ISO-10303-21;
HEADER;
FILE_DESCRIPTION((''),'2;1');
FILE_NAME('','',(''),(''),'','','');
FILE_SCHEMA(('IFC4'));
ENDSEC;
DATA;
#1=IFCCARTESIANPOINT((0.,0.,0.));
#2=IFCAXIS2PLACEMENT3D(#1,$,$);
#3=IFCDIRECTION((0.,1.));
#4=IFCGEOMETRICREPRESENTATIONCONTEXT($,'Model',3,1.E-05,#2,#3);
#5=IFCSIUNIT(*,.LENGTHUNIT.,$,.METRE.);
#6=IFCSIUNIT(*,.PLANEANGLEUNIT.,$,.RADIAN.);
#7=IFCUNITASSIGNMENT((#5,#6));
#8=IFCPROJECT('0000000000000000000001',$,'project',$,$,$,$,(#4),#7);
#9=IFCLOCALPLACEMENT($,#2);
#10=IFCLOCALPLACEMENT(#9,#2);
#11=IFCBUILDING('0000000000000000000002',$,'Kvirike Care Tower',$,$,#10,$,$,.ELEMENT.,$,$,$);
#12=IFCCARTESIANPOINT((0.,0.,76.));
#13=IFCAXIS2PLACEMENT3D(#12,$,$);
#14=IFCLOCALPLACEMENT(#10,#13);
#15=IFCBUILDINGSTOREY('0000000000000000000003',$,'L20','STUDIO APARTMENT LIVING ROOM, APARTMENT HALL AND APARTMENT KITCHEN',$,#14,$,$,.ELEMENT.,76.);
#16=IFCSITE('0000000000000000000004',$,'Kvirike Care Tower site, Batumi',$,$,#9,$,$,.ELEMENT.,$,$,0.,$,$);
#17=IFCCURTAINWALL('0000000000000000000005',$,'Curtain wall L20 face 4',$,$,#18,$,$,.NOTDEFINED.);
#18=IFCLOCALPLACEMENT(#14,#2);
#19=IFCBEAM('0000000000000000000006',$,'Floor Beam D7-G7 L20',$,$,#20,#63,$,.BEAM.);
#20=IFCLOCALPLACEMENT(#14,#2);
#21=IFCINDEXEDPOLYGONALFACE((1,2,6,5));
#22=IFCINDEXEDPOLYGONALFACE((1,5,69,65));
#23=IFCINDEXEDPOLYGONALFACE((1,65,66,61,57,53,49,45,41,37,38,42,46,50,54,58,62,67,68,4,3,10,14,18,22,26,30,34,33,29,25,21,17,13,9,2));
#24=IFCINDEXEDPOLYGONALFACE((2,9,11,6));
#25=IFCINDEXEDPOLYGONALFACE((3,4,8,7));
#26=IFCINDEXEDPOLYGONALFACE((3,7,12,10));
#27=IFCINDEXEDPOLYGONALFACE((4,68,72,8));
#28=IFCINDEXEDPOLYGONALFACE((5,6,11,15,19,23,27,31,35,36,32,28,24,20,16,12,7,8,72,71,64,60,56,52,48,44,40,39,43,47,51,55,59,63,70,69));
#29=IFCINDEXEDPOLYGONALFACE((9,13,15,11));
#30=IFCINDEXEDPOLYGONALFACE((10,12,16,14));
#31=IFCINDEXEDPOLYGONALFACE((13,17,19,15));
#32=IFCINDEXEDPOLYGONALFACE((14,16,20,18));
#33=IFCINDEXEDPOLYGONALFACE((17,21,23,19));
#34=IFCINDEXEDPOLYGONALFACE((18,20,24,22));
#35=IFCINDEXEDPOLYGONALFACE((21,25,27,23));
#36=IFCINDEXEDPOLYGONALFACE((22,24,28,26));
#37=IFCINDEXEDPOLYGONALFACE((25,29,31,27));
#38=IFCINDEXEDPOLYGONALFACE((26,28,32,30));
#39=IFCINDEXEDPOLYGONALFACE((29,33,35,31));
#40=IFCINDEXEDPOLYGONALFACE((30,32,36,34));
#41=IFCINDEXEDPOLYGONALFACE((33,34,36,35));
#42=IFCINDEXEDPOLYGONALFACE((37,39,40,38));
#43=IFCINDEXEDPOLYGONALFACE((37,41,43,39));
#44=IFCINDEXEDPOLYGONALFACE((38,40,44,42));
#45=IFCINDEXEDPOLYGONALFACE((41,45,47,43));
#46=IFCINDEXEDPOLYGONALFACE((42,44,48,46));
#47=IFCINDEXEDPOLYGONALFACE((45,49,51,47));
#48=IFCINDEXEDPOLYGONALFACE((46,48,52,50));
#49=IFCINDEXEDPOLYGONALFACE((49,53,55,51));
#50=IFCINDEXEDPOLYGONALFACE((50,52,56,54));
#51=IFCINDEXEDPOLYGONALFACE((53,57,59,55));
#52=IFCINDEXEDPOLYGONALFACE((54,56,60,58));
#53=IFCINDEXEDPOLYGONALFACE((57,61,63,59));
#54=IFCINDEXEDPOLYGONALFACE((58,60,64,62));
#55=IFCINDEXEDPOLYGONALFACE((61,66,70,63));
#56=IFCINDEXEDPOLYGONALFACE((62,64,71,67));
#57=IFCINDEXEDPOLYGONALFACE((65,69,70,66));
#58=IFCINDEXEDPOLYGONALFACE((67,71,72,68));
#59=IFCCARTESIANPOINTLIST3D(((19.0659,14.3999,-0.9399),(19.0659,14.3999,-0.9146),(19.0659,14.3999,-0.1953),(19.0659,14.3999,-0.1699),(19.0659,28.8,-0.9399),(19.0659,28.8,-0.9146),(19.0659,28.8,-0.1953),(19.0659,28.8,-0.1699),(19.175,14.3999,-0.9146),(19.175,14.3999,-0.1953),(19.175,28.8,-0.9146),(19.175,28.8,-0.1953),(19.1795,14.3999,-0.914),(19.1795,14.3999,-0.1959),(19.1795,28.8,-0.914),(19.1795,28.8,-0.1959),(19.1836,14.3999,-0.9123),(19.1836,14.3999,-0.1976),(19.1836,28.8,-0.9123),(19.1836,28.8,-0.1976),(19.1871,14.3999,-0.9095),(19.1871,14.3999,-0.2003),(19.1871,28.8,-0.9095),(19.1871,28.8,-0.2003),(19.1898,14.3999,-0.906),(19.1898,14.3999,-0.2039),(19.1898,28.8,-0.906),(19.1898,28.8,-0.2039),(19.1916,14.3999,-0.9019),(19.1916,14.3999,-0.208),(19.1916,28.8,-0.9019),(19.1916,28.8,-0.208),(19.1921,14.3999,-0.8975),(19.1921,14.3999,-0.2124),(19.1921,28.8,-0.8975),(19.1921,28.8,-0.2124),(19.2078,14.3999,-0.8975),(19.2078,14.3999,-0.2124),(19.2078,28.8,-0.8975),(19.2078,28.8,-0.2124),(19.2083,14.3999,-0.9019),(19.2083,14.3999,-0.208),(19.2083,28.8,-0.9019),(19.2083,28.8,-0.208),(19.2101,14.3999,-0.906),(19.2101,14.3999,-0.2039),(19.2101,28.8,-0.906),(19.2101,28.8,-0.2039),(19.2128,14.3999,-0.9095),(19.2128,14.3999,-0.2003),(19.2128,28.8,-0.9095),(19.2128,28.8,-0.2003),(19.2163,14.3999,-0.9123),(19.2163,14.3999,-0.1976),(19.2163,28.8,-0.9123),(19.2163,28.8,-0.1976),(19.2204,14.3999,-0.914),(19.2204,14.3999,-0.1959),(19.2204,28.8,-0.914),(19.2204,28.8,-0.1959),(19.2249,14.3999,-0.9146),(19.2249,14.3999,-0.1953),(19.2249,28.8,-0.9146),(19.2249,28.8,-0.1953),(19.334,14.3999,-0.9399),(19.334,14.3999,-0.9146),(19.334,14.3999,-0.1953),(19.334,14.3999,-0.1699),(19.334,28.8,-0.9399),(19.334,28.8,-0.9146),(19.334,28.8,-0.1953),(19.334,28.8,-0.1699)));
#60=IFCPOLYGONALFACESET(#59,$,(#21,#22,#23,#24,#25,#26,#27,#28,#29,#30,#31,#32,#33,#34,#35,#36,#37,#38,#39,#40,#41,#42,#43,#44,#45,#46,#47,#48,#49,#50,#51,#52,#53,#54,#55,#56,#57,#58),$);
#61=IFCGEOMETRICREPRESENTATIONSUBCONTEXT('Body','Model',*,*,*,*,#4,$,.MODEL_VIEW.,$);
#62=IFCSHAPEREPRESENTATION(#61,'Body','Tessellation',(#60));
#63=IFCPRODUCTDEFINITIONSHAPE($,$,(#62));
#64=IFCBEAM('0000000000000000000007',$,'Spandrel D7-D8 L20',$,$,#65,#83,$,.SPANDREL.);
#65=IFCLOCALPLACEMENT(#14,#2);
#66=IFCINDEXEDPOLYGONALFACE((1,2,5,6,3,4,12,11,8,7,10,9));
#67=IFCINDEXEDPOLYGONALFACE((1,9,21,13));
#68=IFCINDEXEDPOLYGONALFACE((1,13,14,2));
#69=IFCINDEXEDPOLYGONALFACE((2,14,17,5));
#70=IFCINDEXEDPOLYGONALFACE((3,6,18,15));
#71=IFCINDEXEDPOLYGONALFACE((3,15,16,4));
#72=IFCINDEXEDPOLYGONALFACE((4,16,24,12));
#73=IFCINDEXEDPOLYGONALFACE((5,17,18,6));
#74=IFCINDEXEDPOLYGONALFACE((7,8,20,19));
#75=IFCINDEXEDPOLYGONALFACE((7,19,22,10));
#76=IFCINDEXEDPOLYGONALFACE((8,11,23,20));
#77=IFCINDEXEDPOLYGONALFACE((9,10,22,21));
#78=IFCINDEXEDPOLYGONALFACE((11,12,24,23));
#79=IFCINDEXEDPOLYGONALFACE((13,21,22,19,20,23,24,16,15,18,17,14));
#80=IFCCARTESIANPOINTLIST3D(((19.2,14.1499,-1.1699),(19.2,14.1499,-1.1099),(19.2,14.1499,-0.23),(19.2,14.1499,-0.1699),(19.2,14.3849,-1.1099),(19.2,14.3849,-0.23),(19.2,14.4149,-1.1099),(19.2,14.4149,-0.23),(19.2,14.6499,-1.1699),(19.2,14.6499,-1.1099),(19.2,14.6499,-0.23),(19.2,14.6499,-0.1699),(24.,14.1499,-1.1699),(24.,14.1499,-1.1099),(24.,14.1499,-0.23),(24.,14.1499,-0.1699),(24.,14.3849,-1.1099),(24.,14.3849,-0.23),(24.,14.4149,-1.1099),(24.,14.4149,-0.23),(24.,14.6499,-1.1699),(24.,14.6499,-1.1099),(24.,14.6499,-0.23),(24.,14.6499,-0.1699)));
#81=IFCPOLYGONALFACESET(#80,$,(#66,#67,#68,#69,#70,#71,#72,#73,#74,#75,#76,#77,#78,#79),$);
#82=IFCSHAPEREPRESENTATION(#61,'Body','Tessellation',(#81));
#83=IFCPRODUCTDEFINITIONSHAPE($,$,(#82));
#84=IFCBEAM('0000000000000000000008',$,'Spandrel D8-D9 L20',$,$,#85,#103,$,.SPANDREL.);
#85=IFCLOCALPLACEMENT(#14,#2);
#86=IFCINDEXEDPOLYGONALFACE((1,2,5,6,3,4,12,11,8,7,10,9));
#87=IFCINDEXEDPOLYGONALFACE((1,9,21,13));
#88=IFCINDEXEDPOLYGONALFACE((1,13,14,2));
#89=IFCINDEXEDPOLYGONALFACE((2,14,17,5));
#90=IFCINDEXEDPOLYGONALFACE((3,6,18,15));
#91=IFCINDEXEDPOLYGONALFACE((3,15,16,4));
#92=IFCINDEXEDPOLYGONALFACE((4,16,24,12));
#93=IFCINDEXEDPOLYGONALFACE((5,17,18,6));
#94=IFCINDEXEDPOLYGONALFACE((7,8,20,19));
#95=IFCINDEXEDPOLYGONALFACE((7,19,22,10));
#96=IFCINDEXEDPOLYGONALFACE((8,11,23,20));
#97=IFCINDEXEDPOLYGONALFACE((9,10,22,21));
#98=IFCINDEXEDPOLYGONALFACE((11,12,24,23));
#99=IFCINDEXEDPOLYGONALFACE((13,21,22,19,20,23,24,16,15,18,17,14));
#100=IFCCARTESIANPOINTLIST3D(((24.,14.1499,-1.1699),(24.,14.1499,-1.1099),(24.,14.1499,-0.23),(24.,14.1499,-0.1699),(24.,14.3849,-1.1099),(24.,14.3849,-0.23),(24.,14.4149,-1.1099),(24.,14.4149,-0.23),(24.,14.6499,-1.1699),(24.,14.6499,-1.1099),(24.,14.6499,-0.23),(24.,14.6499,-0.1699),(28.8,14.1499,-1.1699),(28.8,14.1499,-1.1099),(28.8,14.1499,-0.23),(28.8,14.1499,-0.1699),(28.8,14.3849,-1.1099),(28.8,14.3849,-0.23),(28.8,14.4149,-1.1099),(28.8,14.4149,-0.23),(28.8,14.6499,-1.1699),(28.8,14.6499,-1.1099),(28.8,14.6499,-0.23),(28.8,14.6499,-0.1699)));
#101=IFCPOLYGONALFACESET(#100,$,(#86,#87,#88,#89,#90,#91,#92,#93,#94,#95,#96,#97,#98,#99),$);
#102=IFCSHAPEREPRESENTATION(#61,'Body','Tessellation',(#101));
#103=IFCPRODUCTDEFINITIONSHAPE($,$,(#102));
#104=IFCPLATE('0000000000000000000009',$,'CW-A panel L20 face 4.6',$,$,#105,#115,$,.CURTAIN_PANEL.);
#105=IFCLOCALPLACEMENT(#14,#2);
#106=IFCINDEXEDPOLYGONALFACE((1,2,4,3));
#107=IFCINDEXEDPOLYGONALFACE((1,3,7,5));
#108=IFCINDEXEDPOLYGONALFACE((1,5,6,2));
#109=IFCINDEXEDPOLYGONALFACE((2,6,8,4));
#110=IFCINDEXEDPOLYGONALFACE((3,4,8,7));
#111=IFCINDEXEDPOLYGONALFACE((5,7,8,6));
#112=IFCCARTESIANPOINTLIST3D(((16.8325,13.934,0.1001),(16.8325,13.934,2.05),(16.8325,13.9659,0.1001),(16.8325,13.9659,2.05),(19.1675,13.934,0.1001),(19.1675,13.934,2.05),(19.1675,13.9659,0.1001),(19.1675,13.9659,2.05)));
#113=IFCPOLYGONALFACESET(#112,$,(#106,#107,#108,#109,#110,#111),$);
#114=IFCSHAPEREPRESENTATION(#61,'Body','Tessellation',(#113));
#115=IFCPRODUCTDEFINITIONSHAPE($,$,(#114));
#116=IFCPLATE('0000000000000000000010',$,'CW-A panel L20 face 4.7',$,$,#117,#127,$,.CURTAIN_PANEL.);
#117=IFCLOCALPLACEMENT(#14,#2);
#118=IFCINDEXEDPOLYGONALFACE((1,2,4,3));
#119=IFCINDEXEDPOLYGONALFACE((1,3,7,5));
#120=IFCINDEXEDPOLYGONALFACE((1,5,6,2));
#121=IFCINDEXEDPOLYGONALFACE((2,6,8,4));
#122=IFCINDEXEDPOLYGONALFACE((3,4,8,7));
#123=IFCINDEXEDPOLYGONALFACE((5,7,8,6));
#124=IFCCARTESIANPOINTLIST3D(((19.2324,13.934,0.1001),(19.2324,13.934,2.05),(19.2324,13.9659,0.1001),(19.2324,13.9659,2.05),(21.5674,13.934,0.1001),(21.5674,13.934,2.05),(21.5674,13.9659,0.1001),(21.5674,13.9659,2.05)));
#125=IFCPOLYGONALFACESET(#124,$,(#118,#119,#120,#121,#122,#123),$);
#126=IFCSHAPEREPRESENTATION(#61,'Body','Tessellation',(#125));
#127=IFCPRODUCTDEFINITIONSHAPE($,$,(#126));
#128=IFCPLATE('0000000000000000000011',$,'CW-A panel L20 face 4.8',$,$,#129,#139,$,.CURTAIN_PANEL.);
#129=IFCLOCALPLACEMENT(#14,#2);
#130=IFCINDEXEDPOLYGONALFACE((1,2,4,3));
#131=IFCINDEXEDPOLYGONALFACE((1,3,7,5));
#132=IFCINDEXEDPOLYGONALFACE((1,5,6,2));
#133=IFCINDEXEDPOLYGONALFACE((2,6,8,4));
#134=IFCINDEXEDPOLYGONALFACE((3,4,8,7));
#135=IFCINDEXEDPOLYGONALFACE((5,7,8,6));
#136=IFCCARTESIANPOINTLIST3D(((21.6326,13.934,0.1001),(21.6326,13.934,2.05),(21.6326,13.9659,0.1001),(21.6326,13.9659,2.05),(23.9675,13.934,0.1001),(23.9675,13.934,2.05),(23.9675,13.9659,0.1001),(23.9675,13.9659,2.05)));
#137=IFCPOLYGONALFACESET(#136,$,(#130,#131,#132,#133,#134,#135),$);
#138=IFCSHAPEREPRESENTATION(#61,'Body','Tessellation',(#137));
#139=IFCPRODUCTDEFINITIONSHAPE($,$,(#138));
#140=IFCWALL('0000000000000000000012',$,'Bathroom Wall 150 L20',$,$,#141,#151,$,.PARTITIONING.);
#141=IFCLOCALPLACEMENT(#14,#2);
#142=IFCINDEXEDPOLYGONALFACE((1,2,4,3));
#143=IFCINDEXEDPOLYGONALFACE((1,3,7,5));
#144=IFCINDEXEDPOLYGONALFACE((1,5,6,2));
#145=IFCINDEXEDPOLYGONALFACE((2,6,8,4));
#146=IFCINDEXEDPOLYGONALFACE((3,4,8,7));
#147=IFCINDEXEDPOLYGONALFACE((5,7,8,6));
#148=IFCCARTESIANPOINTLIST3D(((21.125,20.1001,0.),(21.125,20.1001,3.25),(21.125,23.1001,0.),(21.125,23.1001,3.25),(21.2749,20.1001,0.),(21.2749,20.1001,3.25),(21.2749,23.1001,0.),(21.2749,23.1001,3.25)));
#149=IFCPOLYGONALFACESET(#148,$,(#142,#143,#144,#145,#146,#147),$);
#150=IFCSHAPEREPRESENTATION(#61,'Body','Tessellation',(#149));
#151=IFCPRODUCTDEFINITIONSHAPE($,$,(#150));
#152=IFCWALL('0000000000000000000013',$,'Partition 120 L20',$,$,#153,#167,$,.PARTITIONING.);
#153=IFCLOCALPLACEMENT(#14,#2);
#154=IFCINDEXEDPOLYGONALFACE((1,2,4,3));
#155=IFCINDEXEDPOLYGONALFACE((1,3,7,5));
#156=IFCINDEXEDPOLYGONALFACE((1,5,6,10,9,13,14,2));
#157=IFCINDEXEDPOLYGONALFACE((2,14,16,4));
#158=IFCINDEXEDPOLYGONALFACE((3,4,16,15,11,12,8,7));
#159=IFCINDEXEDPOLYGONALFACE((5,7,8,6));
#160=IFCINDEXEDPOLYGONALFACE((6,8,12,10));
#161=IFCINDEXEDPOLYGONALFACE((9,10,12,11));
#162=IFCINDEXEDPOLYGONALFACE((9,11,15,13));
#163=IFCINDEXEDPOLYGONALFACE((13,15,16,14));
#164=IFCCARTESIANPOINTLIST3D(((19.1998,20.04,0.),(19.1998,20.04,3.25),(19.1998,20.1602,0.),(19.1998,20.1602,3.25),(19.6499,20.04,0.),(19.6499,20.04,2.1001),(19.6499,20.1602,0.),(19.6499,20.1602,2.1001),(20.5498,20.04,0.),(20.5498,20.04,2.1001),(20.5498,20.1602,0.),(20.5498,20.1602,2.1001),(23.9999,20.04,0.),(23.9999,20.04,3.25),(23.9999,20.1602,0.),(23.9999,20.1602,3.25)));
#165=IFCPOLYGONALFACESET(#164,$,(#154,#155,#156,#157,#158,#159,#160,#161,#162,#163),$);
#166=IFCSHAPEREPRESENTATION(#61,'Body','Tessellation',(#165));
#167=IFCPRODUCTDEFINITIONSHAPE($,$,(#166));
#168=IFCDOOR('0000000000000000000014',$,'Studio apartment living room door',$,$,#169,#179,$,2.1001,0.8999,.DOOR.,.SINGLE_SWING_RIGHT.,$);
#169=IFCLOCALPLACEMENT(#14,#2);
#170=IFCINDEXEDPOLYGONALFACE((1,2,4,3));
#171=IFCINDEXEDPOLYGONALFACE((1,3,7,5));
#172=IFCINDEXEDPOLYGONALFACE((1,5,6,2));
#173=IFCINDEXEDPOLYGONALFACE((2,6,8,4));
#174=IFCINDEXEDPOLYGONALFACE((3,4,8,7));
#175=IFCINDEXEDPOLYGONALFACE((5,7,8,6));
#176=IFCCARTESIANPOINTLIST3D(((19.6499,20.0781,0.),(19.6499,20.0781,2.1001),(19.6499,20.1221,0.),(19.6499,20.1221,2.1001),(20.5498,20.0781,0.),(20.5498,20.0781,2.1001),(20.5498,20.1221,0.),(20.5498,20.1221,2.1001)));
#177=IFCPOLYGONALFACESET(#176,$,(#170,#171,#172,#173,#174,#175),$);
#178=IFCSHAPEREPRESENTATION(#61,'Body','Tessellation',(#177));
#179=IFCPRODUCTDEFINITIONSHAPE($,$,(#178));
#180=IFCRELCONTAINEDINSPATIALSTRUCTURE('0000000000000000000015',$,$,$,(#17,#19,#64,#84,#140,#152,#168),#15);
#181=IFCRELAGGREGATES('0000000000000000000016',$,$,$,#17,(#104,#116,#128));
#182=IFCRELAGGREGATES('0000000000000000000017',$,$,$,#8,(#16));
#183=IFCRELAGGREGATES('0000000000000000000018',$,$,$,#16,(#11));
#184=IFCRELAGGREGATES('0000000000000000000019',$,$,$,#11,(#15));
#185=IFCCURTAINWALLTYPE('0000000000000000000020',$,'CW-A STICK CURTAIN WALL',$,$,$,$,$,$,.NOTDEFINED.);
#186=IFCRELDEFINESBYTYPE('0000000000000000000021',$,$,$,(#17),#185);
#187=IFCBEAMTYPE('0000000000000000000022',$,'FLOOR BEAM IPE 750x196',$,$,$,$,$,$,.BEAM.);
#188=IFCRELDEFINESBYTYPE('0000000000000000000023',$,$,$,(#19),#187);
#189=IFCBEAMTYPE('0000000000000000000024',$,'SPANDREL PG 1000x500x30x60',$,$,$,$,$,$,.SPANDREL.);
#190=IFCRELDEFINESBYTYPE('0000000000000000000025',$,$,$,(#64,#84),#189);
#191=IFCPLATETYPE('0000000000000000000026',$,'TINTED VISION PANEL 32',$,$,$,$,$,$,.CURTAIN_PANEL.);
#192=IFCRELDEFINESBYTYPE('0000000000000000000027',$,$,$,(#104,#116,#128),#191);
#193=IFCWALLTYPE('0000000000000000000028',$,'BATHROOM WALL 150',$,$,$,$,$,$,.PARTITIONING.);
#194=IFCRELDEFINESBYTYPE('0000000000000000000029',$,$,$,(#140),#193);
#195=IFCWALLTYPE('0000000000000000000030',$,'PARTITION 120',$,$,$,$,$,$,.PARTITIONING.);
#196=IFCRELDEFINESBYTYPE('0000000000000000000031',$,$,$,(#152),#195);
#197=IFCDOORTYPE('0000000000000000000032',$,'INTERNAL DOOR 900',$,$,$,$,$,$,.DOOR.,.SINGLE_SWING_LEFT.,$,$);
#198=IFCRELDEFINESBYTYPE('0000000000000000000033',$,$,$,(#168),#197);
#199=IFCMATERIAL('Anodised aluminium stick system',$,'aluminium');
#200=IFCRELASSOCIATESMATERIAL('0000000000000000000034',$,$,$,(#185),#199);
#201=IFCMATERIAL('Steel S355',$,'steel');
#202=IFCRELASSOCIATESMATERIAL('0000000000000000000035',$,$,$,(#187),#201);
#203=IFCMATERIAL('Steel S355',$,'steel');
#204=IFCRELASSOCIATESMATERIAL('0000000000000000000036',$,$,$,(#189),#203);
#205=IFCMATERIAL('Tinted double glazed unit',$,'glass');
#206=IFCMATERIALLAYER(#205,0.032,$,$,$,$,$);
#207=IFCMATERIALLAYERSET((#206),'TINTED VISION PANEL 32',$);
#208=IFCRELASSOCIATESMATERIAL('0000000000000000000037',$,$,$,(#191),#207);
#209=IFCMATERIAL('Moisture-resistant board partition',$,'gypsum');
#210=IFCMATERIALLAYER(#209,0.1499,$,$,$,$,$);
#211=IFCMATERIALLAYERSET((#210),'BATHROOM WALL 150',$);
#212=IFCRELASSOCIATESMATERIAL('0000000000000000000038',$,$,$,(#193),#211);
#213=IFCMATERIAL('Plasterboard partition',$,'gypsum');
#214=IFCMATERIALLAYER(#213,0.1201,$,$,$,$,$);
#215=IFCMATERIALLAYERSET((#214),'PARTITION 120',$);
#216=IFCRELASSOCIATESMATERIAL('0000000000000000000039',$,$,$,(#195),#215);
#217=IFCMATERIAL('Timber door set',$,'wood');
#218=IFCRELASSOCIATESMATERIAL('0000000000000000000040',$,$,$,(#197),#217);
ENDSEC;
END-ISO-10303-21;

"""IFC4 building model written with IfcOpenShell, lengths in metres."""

from ifc_helpers import new_model, si_unit, direction, frame, frame_2d, origin, origin_2d, place, context, subcontext, project, spatial, rectangle, i_section, extrude, material, layer, layer_set, material_profile, profile_set, type_object, element, fill, aggregate, save


model = new_model("IFC4")

# Units and contexts
model_context = context("Model", 3, precision=1e-05, world=origin(), true_north=direction((0.0, 1.0)))
body_context = subcontext(model_context, "Body", "Model", "MODEL_VIEW")
ifc_project = project(units=[si_unit("LENGTHUNIT", "METRE"), si_unit("PLANEANGLEUNIT", "RADIAN")], contexts=[model_context])

# Site, building, storey
site_placement = place(None, origin())
site = spatial("IfcSite", under=ifc_project, at=site_placement, Name="Kvirike Care Tower site, Batumi", CompositionType="ELEMENT", RefElevation=0.0)
building_placement = place(site_placement, origin())
building = spatial("IfcBuilding", under=site, at=building_placement, Name="Kvirike Care Tower", CompositionType="ELEMENT")
storey_placement = place(building_placement, frame((0.0, 0.0, 76.0)))
storey = spatial("IfcBuildingStorey", under=building, at=storey_placement, Name="L20", Description="STUDIO APARTMENT LIVING ROOM, APARTMENT HALL AND APARTMENT KITCHEN", CompositionType="ELEMENT", Elevation=76.0)

# Curtain wall
ifc_material_1 = material(Name="Anodised aluminium stick system", Category="aluminium")
curtain_wall_type = type_object("IfcCurtainWallType", Name="CW-A STICK CURTAIN WALL", PredefinedType="NOTDEFINED", material=ifc_material_1)
curtain_wall_placement = place(storey_placement, origin())
curtain_wall = element("IfcCurtainWall", 1, at=curtain_wall_placement, inside=storey, type_object=curtain_wall_type, Name="Curtain wall L20 face 4", PredefinedType="NOTDEFINED")

# Beams
ifc_material_2 = material(Name="Steel S355", Category="steel")
ifc_material_profile_1 = material_profile(ifc_material_2, i_section(OverallWidth=0.2681, OverallDepth=0.77, WebThickness=0.0156, FlangeThickness=0.0254, FilletRadius=0.0171, at=origin_2d()), Name="IPE 750x196")
ifc_profile_set_1 = profile_set([ifc_material_profile_1], Name="Steel S355")
beam_type_1 = type_object("IfcBeamType", Name="FLOOR BEAM IPE 750x196", PredefinedType="BEAM", material=ifc_profile_set_1)
beam_1_placement = place(storey_placement, frame((19.2, 14.3999, -0.5549), z_axis=(0.0, 1.0, 0.0), x_axis=(-1.0, 0.0, 0.0)))
element("IfcBeam", 2, at=beam_1_placement, inside=storey, type_object=beam_type_1, Name="Floor Beam D7-G7 L20", PredefinedType="BEAM", context=body_context, shape_type="SweptSolid", body=[
    extrude(i_section(OverallWidth=0.2681, OverallDepth=0.77, WebThickness=0.0156, FlangeThickness=0.0254, FilletRadius=0.0171, at=origin_2d()), origin(), (0.0, 0.0, 1.0), 14.4001),
])
ifc_material_3 = material(Name="Steel S355", Category="steel")
ifc_material_profile_2 = material_profile(ifc_material_3, i_section(OverallWidth=0.5, OverallDepth=1.0, WebThickness=0.03, FlangeThickness=0.0601, at=origin_2d()), Name="PG 1000x500x30x60")
ifc_profile_set_2 = profile_set([ifc_material_profile_2], Name="Steel S355")
beam_type_2 = type_object("IfcBeamType", Name="SPANDREL PG 1000x500x30x60", PredefinedType="SPANDREL", material=ifc_profile_set_2)
for number, where, z_axis, x_axis, name in (
    (3, (19.2, 14.3999, -0.6699), (1.0, 0.0, 0.0), (0.0, 1.0, 0.0), "Spandrel D7-D8 L20"),
    (4, (24.0, 14.3999, -0.6699), (1.0, 0.0, 0.0), (0.0, 1.0, 0.0), "Spandrel D8-D9 L20"),
):
    element("IfcBeam", number, at=place(storey_placement, frame(where, z_axis=z_axis, x_axis=x_axis)), inside=storey, type_object=beam_type_2, Name=name, PredefinedType="SPANDREL", context=body_context, shape_type="SweptSolid", body=[
        extrude(i_section(OverallWidth=0.5, OverallDepth=1.0, WebThickness=0.03, FlangeThickness=0.0601, at=origin_2d()), origin(), (0.0, 0.0, 1.0), 4.8),
    ])

# Plates
ifc_material_4 = material(Name="Tinted double glazed unit", Category="glass")
ifc_layer_1 = layer(ifc_material_4, 0.032)
ifc_layer_set_1 = layer_set([ifc_layer_1], Name="TINTED VISION PANEL 32")
plate_type = type_object("IfcPlateType", Name="TINTED VISION PANEL 32", PredefinedType="CURTAIN_PANEL", material=ifc_layer_set_1)
plate_1_placement = place(storey_placement, frame((18.0, 13.95, 0.1001), z_axis=(0.0, 0.0, 1.0), x_axis=(1.0, 0.0, 0.0)))
plate_1 = element("IfcPlate", 5, at=plate_1_placement, type_object=plate_type, Name="CW-A panel L20 face 4.6", PredefinedType="CURTAIN_PANEL", context=body_context, shape_type="SweptSolid", body=[
    extrude(rectangle(XDim=2.335, YDim=0.032, at=origin_2d()), origin(), (0.0, 0.0, 1.0), 1.95),
])
plate_2_placement = place(storey_placement, frame((20.3999, 13.95, 0.1001), z_axis=(0.0, 0.0, 1.0), x_axis=(1.0, 0.0, 0.0)))
plate_2 = element("IfcPlate", 6, at=plate_2_placement, type_object=plate_type, Name="CW-A panel L20 face 4.7", PredefinedType="CURTAIN_PANEL", context=body_context, shape_type="SweptSolid", body=[
    extrude(rectangle(XDim=2.335, YDim=0.032, at=origin_2d()), origin(), (0.0, 0.0, 1.0), 1.95),
])
plate_3_placement = place(storey_placement, frame((22.8, 13.95, 0.1001), z_axis=(0.0, 0.0, 1.0), x_axis=(1.0, 0.0, 0.0)))
plate_3 = element("IfcPlate", 7, at=plate_3_placement, type_object=plate_type, Name="CW-A panel L20 face 4.8", PredefinedType="CURTAIN_PANEL", context=body_context, shape_type="SweptSolid", body=[
    extrude(rectangle(XDim=2.335, YDim=0.032, at=origin_2d()), origin(), (0.0, 0.0, 1.0), 1.95),
])
aggregate(curtain_wall, [plate_1, plate_2, plate_3])

# Wall
ifc_material_5 = material(Name="Moisture-resistant board partition", Category="gypsum")
ifc_layer_2 = layer(ifc_material_5, 0.1499)
ifc_layer_set_2 = layer_set([ifc_layer_2], Name="BATHROOM WALL 150")
wall_type_1 = type_object("IfcWallType", Name="BATHROOM WALL 150", PredefinedType="PARTITIONING", material=ifc_layer_set_2)
wall_1_placement = place(storey_placement, frame((21.2, 20.1001, 0.0), z_axis=(0.0, 0.0, 1.0), x_axis=(0.0, 1.0, 0.0)))
element("IfcWall", 8, at=wall_1_placement, inside=storey, type_object=wall_type_1, Name="Bathroom Wall 150 L20", PredefinedType="PARTITIONING", context=body_context, shape_type="SweptSolid", body=[
    extrude(rectangle(XDim=3.0, YDim=0.1499, at=frame_2d((1.5, 0.0))), origin(), (0.0, 0.0, 1.0), 3.25),
])

# Wall, opening, door
ifc_material_6 = material(Name="Plasterboard partition", Category="gypsum")
ifc_layer_3 = layer(ifc_material_6, 0.1201)
ifc_layer_set_3 = layer_set([ifc_layer_3], Name="PARTITION 120")
wall_type_2 = type_object("IfcWallType", Name="PARTITION 120", PredefinedType="PARTITIONING", material=ifc_layer_set_3)
wall_2_placement = place(storey_placement, frame((19.2, 20.1001, 0.0), z_axis=(0.0, 0.0, 1.0), x_axis=(1.0, 0.0, 0.0)))
wall_2 = element("IfcWall", 9, at=wall_2_placement, inside=storey, type_object=wall_type_2, Name="Partition 120 L20", PredefinedType="PARTITIONING", context=body_context, shape_type="SweptSolid", body=[
    extrude(rectangle(XDim=4.8, YDim=0.1201, at=frame_2d((2.3999, 0.0))), origin(), (0.0, 0.0, 1.0), 3.25),
])
opening_1_placement = place(wall_2_placement, frame((0.45, 0.0, 0.0)))
opening_1 = element("IfcOpeningElement", 10, at=opening_1_placement, cuts=wall_2, PredefinedType="OPENING", context=body_context, shape_type="SweptSolid", body=[
    extrude(rectangle(XDim=0.8999, YDim=2.1001, at=frame_2d((0.45, 1.05))), frame((0.0, 0.0706, 0.0), z_axis=(0.0, -1.0, 0.0), x_axis=(1.0, 0.0, 0.0)), (0.0, 0.0, 1.0), 0.1411),
])
ifc_material_7 = material(Name="Timber door set", Category="wood")
door_type = type_object("IfcDoorType", Name="INTERNAL DOOR 900", OperationType="SINGLE_SWING_LEFT", PredefinedType="DOOR", material=ifc_material_7)
door_1_placement = place(opening_1_placement, origin())
door_1 = element("IfcDoor", 11, at=door_1_placement, inside=storey, type_object=door_type, Name="Studio apartment living room door", OperationType="SINGLE_SWING_RIGHT", OverallHeight=2.1001, OverallWidth=0.8999, PredefinedType="DOOR", context=body_context, shape_type="SweptSolid", body=[
    extrude(rectangle(XDim=0.8999, YDim=2.1001, at=frame_2d((0.45, 1.05))), frame((0.0, 0.022, 0.0), z_axis=(0.0, -1.0, 0.0), x_axis=(1.0, 0.0, 0.0)), (0.0, 0.0, 1.0), 0.0439),
])
fill(opening_1, door_1)

save(model, "model.ifc")
